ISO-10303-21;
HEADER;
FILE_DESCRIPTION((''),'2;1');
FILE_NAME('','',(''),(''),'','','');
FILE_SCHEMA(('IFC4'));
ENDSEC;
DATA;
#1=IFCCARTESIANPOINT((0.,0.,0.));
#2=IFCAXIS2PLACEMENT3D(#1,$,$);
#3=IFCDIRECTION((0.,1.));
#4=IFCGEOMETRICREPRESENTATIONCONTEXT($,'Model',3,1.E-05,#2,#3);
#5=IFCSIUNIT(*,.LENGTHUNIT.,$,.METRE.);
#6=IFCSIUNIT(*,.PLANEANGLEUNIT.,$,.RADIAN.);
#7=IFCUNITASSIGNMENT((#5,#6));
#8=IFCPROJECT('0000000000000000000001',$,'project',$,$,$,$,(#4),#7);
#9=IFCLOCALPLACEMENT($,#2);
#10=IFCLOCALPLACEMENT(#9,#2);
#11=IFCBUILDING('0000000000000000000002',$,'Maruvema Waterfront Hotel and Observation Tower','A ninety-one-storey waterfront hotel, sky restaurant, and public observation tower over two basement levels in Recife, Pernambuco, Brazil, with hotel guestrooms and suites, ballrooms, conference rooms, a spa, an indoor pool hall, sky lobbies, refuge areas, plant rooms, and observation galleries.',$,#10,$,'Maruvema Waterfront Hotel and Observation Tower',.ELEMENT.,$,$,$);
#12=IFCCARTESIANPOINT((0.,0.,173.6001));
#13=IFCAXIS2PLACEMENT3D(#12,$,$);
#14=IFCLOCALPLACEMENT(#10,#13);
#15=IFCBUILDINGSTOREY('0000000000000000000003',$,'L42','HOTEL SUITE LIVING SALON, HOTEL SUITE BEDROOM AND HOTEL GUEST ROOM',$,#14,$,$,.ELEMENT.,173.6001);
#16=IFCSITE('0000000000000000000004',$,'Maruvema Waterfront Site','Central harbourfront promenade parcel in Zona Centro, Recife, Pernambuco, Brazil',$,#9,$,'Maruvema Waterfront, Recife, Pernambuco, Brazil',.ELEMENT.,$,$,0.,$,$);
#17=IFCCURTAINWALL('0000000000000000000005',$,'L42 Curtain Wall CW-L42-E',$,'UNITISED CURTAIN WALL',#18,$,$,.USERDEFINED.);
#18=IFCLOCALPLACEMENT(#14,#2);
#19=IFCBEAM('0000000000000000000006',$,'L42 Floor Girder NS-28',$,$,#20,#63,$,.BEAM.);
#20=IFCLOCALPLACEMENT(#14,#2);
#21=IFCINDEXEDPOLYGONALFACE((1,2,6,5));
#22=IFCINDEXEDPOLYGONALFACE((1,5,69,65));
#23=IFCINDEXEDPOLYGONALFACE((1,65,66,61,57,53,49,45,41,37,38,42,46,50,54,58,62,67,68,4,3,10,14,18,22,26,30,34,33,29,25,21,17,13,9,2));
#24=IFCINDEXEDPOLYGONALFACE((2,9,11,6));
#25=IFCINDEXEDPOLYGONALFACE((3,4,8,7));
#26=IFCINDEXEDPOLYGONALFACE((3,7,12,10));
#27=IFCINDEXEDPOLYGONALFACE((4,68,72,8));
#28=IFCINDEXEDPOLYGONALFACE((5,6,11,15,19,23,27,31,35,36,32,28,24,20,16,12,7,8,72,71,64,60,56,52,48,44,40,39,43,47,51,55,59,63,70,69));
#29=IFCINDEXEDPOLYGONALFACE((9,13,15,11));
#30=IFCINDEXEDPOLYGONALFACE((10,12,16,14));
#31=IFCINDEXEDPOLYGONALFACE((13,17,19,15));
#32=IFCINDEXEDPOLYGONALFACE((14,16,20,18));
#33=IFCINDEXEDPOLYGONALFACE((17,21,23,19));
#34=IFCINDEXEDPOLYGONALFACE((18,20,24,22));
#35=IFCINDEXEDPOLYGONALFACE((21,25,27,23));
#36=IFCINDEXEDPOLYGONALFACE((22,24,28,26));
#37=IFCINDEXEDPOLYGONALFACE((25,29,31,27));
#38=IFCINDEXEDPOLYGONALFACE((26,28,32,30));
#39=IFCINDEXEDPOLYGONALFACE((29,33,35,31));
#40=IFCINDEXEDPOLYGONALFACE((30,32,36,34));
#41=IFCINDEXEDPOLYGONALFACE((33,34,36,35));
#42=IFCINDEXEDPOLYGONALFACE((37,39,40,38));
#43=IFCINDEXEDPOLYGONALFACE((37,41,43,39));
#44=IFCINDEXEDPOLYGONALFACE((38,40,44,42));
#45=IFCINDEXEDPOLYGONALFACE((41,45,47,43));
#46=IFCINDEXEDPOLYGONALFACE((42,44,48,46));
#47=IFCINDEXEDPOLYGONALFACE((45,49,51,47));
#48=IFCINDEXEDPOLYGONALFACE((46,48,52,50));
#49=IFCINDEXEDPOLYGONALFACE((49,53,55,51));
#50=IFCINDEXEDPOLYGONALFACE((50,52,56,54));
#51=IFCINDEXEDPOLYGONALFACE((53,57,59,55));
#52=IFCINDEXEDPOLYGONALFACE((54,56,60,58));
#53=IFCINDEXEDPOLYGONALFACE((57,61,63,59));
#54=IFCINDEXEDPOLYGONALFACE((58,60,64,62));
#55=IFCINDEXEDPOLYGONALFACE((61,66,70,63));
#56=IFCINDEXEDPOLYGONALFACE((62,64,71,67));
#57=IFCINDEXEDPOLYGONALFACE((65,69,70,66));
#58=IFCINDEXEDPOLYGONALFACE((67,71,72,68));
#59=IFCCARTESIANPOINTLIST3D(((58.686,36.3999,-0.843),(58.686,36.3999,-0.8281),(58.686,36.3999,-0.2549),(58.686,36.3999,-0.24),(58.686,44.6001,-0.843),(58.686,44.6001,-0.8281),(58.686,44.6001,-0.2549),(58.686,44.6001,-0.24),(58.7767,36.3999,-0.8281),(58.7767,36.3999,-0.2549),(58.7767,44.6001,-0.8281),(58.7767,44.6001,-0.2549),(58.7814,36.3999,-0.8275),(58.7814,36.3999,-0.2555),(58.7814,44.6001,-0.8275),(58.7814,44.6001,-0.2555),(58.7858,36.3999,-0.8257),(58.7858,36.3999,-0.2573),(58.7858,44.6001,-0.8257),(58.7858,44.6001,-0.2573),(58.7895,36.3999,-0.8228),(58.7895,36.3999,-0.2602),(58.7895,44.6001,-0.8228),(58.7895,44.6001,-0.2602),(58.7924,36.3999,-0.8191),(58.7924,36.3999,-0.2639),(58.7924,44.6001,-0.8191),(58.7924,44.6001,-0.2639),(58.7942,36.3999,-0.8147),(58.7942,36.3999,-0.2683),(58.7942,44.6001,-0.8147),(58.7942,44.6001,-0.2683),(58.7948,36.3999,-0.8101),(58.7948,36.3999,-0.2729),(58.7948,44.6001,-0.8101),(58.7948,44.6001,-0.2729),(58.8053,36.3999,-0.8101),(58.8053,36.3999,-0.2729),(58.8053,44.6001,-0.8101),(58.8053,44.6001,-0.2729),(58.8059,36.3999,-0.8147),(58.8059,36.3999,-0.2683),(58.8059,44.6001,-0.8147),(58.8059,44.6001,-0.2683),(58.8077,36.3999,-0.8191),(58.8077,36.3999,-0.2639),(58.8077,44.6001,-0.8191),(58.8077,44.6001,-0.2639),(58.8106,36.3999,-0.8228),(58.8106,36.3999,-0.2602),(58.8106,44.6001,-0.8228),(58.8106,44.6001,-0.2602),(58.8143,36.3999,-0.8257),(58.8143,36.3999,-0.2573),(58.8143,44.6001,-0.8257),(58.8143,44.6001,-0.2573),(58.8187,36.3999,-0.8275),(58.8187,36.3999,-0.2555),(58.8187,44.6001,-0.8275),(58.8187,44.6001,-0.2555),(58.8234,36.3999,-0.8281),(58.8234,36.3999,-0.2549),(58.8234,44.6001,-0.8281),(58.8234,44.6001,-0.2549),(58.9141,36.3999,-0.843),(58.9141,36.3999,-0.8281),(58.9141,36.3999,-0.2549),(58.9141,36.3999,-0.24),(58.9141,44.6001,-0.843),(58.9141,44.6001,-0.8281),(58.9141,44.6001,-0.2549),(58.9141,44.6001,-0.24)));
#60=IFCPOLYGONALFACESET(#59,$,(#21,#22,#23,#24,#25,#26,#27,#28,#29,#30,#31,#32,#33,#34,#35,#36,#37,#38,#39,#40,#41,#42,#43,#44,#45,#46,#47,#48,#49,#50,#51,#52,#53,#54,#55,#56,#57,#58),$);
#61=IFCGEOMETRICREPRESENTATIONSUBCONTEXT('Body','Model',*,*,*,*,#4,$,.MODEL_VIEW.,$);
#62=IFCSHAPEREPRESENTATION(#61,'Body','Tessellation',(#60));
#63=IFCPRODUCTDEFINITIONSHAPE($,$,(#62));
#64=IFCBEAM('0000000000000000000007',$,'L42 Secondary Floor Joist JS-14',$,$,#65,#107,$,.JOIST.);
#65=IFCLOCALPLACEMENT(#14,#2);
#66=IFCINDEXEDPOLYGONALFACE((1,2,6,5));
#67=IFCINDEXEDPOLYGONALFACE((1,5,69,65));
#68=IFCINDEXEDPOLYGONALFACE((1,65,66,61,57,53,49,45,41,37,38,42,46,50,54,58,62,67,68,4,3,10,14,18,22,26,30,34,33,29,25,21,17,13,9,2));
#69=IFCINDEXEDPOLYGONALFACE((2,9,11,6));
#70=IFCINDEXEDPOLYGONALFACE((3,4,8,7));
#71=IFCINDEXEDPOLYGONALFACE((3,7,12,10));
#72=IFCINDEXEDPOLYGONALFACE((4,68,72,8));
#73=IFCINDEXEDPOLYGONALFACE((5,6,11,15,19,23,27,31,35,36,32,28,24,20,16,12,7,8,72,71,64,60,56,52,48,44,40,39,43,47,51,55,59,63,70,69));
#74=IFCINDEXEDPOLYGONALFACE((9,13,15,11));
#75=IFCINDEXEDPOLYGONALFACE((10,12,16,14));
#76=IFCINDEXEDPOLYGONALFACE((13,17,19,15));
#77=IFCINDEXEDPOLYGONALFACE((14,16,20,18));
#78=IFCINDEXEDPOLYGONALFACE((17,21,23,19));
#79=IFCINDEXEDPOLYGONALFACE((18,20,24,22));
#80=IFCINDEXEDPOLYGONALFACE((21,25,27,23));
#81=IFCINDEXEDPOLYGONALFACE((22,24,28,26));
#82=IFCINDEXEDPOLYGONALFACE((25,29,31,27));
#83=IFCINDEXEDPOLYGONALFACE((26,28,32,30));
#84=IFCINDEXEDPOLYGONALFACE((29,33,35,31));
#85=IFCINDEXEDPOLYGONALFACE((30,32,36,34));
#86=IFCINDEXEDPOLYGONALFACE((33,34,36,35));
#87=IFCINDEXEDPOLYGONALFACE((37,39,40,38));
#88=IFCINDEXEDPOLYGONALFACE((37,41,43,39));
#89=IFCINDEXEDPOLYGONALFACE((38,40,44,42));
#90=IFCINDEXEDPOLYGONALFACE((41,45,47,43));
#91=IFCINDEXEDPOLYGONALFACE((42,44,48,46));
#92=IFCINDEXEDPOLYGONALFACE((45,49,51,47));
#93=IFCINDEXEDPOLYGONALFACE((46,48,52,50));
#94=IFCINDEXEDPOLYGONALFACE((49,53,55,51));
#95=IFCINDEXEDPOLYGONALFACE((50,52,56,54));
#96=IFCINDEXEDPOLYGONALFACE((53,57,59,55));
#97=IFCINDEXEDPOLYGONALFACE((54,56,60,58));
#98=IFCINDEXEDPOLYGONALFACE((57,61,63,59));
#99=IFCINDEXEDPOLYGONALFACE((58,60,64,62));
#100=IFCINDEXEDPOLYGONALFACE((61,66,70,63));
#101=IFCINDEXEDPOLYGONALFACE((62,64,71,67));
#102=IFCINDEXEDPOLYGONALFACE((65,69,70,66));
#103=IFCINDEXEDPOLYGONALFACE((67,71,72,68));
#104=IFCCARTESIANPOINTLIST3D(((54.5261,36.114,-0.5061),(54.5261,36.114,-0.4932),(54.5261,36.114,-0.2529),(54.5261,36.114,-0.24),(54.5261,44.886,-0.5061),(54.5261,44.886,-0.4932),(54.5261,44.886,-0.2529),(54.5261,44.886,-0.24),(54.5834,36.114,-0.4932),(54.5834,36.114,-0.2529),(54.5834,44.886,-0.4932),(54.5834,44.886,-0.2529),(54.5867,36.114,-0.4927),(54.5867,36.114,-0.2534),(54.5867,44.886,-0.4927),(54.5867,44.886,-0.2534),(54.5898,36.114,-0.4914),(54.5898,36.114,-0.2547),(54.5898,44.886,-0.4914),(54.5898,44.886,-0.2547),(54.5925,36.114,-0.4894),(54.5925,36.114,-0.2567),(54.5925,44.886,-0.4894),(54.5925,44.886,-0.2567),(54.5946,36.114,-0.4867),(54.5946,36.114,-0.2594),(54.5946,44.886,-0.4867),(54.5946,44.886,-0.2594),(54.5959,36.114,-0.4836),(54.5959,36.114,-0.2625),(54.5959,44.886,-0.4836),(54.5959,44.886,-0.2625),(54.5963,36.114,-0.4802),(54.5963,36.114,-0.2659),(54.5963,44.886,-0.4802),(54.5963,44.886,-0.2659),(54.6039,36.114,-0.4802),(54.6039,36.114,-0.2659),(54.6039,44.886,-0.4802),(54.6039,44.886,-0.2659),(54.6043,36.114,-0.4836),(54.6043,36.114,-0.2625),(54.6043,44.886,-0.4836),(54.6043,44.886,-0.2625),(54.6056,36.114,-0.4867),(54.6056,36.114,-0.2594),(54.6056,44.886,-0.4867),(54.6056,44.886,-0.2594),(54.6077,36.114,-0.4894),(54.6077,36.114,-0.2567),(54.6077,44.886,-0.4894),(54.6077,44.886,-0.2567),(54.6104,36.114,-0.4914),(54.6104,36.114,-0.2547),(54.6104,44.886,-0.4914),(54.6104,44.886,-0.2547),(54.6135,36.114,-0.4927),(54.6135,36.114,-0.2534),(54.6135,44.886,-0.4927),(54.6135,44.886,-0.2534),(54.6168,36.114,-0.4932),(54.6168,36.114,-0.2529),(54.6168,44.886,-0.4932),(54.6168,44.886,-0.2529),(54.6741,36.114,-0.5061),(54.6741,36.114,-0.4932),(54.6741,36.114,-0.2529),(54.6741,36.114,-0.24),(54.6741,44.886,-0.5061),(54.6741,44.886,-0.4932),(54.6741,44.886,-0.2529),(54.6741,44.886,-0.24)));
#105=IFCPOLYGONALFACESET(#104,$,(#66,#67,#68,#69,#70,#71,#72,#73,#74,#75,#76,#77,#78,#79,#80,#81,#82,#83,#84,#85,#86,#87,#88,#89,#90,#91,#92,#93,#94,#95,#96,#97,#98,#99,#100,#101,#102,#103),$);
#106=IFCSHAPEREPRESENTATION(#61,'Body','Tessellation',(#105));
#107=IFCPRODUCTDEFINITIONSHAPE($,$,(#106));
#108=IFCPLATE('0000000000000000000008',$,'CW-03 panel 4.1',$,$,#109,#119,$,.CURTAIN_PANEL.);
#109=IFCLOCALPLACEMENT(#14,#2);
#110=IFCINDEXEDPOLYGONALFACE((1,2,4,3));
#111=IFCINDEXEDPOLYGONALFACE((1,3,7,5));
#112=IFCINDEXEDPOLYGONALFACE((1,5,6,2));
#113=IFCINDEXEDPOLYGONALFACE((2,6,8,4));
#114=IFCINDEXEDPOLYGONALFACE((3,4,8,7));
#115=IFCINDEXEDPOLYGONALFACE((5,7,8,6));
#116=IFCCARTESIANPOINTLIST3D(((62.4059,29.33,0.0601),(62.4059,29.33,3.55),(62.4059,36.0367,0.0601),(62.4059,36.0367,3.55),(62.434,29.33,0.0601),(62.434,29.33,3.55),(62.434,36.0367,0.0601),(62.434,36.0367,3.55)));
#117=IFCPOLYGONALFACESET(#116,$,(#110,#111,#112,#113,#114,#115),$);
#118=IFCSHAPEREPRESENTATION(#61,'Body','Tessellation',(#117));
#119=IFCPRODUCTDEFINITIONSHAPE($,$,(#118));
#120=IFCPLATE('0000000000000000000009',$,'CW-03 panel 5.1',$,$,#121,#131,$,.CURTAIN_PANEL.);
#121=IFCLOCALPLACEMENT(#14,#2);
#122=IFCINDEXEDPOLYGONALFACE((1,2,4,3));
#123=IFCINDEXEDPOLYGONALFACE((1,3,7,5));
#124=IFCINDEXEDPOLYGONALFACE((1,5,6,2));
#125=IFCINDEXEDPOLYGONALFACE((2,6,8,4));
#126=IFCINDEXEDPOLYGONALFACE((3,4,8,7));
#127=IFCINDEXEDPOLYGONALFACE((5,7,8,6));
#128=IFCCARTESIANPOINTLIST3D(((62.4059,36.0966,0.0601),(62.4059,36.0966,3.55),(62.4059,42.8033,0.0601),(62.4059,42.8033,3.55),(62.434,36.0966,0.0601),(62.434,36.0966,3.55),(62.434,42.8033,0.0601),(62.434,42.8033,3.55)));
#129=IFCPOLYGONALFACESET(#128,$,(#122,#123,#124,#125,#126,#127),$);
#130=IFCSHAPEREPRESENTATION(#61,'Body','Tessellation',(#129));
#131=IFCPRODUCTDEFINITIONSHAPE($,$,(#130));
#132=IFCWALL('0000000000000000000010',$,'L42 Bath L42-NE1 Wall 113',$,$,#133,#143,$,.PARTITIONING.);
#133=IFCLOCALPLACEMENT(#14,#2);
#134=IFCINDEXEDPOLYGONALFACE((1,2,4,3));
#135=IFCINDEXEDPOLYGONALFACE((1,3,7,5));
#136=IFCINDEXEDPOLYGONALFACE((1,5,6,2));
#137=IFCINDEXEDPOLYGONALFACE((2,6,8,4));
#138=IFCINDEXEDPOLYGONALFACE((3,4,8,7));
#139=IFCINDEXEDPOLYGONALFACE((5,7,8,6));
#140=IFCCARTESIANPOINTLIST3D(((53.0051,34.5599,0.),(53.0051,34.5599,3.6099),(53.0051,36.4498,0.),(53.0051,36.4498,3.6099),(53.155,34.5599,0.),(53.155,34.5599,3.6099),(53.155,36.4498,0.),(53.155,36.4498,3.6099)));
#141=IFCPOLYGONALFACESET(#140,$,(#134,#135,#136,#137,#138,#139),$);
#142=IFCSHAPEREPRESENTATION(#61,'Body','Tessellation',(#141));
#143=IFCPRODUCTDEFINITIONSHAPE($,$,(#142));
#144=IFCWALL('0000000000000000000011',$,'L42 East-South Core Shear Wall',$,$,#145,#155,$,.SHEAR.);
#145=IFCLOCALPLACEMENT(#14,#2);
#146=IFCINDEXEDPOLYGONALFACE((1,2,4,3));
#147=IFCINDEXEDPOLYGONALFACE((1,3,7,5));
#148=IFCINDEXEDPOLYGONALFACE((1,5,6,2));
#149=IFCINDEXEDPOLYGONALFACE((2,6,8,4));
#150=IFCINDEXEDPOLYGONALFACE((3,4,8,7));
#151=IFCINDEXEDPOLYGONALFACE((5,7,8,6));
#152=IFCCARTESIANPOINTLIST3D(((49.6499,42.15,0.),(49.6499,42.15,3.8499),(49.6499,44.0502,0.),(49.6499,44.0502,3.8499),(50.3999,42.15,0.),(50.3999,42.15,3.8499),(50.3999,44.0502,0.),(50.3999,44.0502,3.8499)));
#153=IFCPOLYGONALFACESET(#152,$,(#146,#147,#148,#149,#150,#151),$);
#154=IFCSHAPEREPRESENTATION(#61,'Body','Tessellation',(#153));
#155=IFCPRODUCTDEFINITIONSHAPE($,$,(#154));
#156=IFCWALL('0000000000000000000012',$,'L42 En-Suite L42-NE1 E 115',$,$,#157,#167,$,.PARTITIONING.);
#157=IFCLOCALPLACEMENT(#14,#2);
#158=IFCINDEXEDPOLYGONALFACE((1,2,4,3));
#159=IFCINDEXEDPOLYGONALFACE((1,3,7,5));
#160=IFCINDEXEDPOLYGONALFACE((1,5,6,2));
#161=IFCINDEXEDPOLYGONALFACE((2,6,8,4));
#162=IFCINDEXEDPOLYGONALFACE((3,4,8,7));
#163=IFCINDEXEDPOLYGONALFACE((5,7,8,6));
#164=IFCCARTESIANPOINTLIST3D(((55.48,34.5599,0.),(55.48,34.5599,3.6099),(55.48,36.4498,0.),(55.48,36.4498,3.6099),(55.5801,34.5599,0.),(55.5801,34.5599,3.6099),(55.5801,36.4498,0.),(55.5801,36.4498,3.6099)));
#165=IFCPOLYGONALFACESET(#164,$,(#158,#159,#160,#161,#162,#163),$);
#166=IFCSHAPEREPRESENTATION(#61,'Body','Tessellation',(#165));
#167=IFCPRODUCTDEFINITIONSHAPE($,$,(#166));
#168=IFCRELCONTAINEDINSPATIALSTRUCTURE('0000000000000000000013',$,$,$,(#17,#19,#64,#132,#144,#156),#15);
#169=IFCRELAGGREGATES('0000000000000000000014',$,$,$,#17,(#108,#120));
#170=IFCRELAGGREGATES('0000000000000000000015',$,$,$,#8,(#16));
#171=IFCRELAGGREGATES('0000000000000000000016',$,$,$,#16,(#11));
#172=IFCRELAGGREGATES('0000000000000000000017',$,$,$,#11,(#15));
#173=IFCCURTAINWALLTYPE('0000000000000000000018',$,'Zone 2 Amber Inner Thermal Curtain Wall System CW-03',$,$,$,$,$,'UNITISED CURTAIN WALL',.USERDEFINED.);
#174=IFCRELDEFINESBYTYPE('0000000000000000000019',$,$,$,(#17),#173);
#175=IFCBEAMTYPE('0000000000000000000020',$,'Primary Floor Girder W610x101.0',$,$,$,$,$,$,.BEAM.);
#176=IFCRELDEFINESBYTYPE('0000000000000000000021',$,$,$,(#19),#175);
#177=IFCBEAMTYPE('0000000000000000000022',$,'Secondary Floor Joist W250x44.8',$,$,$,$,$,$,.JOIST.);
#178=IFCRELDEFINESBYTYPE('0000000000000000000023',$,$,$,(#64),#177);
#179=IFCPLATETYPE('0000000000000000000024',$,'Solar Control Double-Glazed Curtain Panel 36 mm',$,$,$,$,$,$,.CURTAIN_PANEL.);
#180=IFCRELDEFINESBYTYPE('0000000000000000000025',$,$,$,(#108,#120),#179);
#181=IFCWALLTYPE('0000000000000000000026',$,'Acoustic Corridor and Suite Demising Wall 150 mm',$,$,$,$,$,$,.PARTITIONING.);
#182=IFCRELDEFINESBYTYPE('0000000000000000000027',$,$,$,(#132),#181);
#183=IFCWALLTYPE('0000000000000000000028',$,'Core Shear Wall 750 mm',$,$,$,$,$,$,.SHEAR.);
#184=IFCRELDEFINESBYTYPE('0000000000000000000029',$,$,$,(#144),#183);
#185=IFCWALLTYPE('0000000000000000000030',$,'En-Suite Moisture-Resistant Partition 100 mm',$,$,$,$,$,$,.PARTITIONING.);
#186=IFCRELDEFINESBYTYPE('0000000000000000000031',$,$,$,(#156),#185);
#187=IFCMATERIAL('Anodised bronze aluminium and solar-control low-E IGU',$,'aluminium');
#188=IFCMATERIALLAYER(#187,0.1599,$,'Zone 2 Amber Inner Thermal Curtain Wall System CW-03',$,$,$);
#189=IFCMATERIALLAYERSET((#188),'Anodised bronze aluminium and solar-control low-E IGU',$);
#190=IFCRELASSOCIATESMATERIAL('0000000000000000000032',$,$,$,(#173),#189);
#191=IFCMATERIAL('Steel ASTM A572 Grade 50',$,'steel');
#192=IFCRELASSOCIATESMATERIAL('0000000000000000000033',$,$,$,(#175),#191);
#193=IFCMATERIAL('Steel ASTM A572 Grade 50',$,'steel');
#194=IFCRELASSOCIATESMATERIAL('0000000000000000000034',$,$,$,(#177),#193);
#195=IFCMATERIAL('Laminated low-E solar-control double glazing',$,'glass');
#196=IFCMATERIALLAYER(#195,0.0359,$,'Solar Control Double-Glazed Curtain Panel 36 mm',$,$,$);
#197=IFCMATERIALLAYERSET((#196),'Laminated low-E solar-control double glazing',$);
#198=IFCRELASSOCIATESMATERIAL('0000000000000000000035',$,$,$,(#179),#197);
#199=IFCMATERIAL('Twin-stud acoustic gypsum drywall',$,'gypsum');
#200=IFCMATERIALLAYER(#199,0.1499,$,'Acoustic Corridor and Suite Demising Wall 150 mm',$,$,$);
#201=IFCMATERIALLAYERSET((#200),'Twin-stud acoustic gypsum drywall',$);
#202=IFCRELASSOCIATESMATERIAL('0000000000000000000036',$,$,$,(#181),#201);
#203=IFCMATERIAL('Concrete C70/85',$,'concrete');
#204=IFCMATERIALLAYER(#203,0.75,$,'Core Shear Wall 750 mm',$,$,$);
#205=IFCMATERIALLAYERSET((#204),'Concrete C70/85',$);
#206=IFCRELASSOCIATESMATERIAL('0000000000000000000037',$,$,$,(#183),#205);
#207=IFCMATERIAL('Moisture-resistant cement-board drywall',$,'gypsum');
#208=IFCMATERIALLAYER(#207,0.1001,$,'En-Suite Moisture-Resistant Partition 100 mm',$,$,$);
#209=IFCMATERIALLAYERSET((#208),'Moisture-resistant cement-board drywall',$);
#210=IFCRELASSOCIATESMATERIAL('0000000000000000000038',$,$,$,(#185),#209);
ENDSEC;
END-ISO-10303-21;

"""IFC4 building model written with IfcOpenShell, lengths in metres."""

from ifc_helpers import new_model, si_unit, direction, frame, frame_2d, origin, origin_2d, place, context, subcontext, project, spatial, rectangle, i_section, extrude, material, layer, layer_set, material_profile, profile_set, type_object, element, aggregate, save


model = new_model("IFC4")

# Units and contexts
model_context = context("Model", 3, precision=1e-05, world=origin(), true_north=direction((0.0, 1.0)))
body_context = subcontext(model_context, "Body", "Model", "MODEL_VIEW")
ifc_project = project(units=[si_unit("LENGTHUNIT", "METRE"), si_unit("PLANEANGLEUNIT", "RADIAN")], contexts=[model_context])

# Site, building, storey
site_placement = place(None, origin())
site = spatial("IfcSite", under=ifc_project, at=site_placement, Name="Maruvema Waterfront Site", Description="Central harbourfront promenade parcel in Zona Centro, Recife, Pernambuco, Brazil", LongName="Maruvema Waterfront, Recife, Pernambuco, Brazil", CompositionType="ELEMENT", RefElevation=0.0)
building_placement = place(site_placement, origin())
building = spatial("IfcBuilding", under=site, at=building_placement, Name="Maruvema Waterfront Hotel and Observation Tower", Description="A ninety-one-storey waterfront hotel, sky restaurant, and public observation tower over two basement levels in Recife, Pernambuco, Brazil, with hotel guestrooms and suites, ballrooms, conference rooms, a spa, an indoor pool hall, sky lobbies, refuge areas, plant rooms, and observation galleries.", LongName="Maruvema Waterfront Hotel and Observation Tower", CompositionType="ELEMENT")
storey_placement = place(building_placement, frame((0.0, 0.0, 173.6001)))
storey = spatial("IfcBuildingStorey", under=building, at=storey_placement, Name="L42", Description="HOTEL SUITE LIVING SALON, HOTEL SUITE BEDROOM AND HOTEL GUEST ROOM", CompositionType="ELEMENT", Elevation=173.6001)

# Curtain wall
ifc_material_1 = material(Name="Anodised bronze aluminium and solar-control low-E IGU", Category="aluminium")
ifc_layer_1 = layer(ifc_material_1, 0.1599, Name="Zone 2 Amber Inner Thermal Curtain Wall System CW-03")
ifc_layer_set_1 = layer_set([ifc_layer_1], Name="Anodised bronze aluminium and solar-control low-E IGU")
curtain_wall_type = type_object("IfcCurtainWallType", Name="Zone 2 Amber Inner Thermal Curtain Wall System CW-03", ElementType="UNITISED CURTAIN WALL", PredefinedType="USERDEFINED", material=ifc_layer_set_1)
curtain_wall_placement = place(storey_placement, origin())
curtain_wall = element("IfcCurtainWall", 1, at=curtain_wall_placement, inside=storey, type_object=curtain_wall_type, Name="L42 Curtain Wall CW-L42-E", ObjectType="UNITISED CURTAIN WALL", PredefinedType="USERDEFINED")

# Beams
ifc_material_2 = material(Name="Steel ASTM A572 Grade 50", Category="steel")
ifc_material_profile_1 = material_profile(ifc_material_2, i_section(OverallWidth=0.228, OverallDepth=0.603, WebThickness=0.0105, FlangeThickness=0.0149, FilletRadius=0.0181, at=origin_2d()), Name="W610x101.0")
ifc_profile_set_1 = profile_set([ifc_material_profile_1], Name="Steel ASTM A572 Grade 50")
beam_type_1 = type_object("IfcBeamType", Name="Primary Floor Girder W610x101.0", PredefinedType="BEAM", material=ifc_profile_set_1)
beam_1_placement = place(storey_placement, frame((58.8, 36.3999, -0.5415), z_axis=(0.0, 1.0, 0.0), x_axis=(-1.0, 0.0, 0.0)))
element("IfcBeam", 2, at=beam_1_placement, inside=storey, type_object=beam_type_1, Name="L42 Floor Girder NS-28", PredefinedType="BEAM", context=body_context, shape_type="SweptSolid", body=[
    extrude(i_section(OverallWidth=0.228, OverallDepth=0.603, WebThickness=0.0105, FlangeThickness=0.0149, FilletRadius=0.0181, at=origin_2d()), origin(), (0.0, 0.0, 1.0), 8.2002),
])
ifc_material_3 = material(Name="Steel ASTM A572 Grade 50", Category="steel")
ifc_material_profile_2 = material_profile(ifc_material_3, i_section(OverallWidth=0.1479, OverallDepth=0.2661, WebThickness=0.0076, FlangeThickness=0.0129, FilletRadius=0.0129, at=origin_2d()), Name="W250x44.8")
ifc_profile_set_2 = profile_set([ifc_material_profile_2], Name="Steel ASTM A572 Grade 50")
beam_type_2 = type_object("IfcBeamType", Name="Secondary Floor Joist W250x44.8", PredefinedType="JOIST", material=ifc_profile_set_2)
beam_2_placement = place(storey_placement, frame((54.6001, 36.114, -0.373), z_axis=(0.0, 1.0, 0.0), x_axis=(-1.0, 0.0, 0.0)))
element("IfcBeam", 3, at=beam_2_placement, inside=storey, type_object=beam_type_2, Name="L42 Secondary Floor Joist JS-14", PredefinedType="JOIST", context=body_context, shape_type="SweptSolid", body=[
    extrude(i_section(OverallWidth=0.1479, OverallDepth=0.2661, WebThickness=0.0076, FlangeThickness=0.0129, FilletRadius=0.0129, at=origin_2d()), origin(), (0.0, 0.0, 1.0), 8.772),
])

# Plates
ifc_material_4 = material(Name="Laminated low-E solar-control double glazing", Category="glass")
ifc_layer_2 = layer(ifc_material_4, 0.0359, Name="Solar Control Double-Glazed Curtain Panel 36 mm")
ifc_layer_set_2 = layer_set([ifc_layer_2], Name="Laminated low-E solar-control double glazing")
plate_type = type_object("IfcPlateType", Name="Solar Control Double-Glazed Curtain Panel 36 mm", PredefinedType="CURTAIN_PANEL", material=ifc_layer_set_2)
plate_1_placement = place(storey_placement, frame((62.4199, 32.6833, 0.0601), z_axis=(0.0, 0.0, 1.0), x_axis=(0.0, 1.0, 0.0)))
plate_1 = element("IfcPlate", 4, at=plate_1_placement, type_object=plate_type, Name="CW-03 panel 4.1", PredefinedType="CURTAIN_PANEL", context=body_context, shape_type="SweptSolid", body=[
    extrude(rectangle(XDim=6.7068, YDim=0.0281, at=origin_2d()), origin(), (0.0, 0.0, 1.0), 3.49),
])
plate_2_placement = place(storey_placement, frame((62.4199, 39.45, 0.0601), z_axis=(0.0, 0.0, 1.0), x_axis=(0.0, 1.0, 0.0)))
plate_2 = element("IfcPlate", 5, at=plate_2_placement, type_object=plate_type, Name="CW-03 panel 5.1", PredefinedType="CURTAIN_PANEL", context=body_context, shape_type="SweptSolid", body=[
    extrude(rectangle(XDim=6.7068, YDim=0.0281, at=origin_2d()), origin(), (0.0, 0.0, 1.0), 3.49),
])
aggregate(curtain_wall, [plate_1, plate_2])

# Wall
ifc_material_5 = material(Name="Twin-stud acoustic gypsum drywall", Category="gypsum")
ifc_layer_3 = layer(ifc_material_5, 0.1499, Name="Acoustic Corridor and Suite Demising Wall 150 mm")
ifc_layer_set_3 = layer_set([ifc_layer_3], Name="Twin-stud acoustic gypsum drywall")
wall_type_1 = type_object("IfcWallType", Name="Acoustic Corridor and Suite Demising Wall 150 mm", PredefinedType="PARTITIONING", material=ifc_layer_set_3)
wall_1_placement = place(storey_placement, frame((53.0801, 34.5601, 0.0), z_axis=(0.0, 0.0, 1.0), x_axis=(0.0, 1.0, 0.0)))
element("IfcWall", 6, at=wall_1_placement, inside=storey, type_object=wall_type_1, Name="L42 Bath L42-NE1 Wall 113", PredefinedType="PARTITIONING", context=body_context, shape_type="SweptSolid", body=[
    extrude(rectangle(XDim=1.8899, YDim=0.1499, at=frame_2d((0.9448, 0.0))), origin(), (0.0, 0.0, 1.0), 3.6099),
])

# Walls
ifc_material_6 = material(Name="Concrete C70/85", Category="concrete")
ifc_layer_4 = layer(ifc_material_6, 0.75, Name="Core Shear Wall 750 mm")
ifc_layer_set_4 = layer_set([ifc_layer_4], Name="Concrete C70/85")
wall_type_2 = type_object("IfcWallType", Name="Core Shear Wall 750 mm", PredefinedType="SHEAR", material=ifc_layer_set_4)
wall_2_placement = place(storey_placement, frame((50.0249, 42.1499, 0.0), z_axis=(0.0, 0.0, 1.0), x_axis=(0.0, 1.0, 0.0)))
element("IfcWall", 7, at=wall_2_placement, inside=storey, type_object=wall_type_2, Name="L42 East-South Core Shear Wall", PredefinedType="SHEAR", context=body_context, shape_type="SweptSolid", body=[
    extrude(rectangle(XDim=1.9001, YDim=0.75, at=frame_2d((0.9502, 0.0))), origin(), (0.0, 0.0, 1.0), 3.8499),
])
ifc_material_7 = material(Name="Moisture-resistant cement-board drywall", Category="gypsum")
ifc_layer_5 = layer(ifc_material_7, 0.1001, Name="En-Suite Moisture-Resistant Partition 100 mm")
ifc_layer_set_5 = layer_set([ifc_layer_5], Name="Moisture-resistant cement-board drywall")
wall_type_3 = type_object("IfcWallType", Name="En-Suite Moisture-Resistant Partition 100 mm", PredefinedType="PARTITIONING", material=ifc_layer_set_5)
wall_3_placement = place(storey_placement, frame((55.53, 34.5601, 0.0), z_axis=(0.0, 0.0, 1.0), x_axis=(0.0, 1.0, 0.0)))
element("IfcWall", 8, at=wall_3_placement, inside=storey, type_object=wall_type_3, Name="L42 En-Suite L42-NE1 E 115", PredefinedType="PARTITIONING", context=body_context, shape_type="SweptSolid", body=[
    extrude(rectangle(XDim=1.8899, YDim=0.1001, at=frame_2d((0.9448, 0.0))), origin(), (0.0, 0.0, 1.0), 3.6099),
])

save(model, "model.ifc")
